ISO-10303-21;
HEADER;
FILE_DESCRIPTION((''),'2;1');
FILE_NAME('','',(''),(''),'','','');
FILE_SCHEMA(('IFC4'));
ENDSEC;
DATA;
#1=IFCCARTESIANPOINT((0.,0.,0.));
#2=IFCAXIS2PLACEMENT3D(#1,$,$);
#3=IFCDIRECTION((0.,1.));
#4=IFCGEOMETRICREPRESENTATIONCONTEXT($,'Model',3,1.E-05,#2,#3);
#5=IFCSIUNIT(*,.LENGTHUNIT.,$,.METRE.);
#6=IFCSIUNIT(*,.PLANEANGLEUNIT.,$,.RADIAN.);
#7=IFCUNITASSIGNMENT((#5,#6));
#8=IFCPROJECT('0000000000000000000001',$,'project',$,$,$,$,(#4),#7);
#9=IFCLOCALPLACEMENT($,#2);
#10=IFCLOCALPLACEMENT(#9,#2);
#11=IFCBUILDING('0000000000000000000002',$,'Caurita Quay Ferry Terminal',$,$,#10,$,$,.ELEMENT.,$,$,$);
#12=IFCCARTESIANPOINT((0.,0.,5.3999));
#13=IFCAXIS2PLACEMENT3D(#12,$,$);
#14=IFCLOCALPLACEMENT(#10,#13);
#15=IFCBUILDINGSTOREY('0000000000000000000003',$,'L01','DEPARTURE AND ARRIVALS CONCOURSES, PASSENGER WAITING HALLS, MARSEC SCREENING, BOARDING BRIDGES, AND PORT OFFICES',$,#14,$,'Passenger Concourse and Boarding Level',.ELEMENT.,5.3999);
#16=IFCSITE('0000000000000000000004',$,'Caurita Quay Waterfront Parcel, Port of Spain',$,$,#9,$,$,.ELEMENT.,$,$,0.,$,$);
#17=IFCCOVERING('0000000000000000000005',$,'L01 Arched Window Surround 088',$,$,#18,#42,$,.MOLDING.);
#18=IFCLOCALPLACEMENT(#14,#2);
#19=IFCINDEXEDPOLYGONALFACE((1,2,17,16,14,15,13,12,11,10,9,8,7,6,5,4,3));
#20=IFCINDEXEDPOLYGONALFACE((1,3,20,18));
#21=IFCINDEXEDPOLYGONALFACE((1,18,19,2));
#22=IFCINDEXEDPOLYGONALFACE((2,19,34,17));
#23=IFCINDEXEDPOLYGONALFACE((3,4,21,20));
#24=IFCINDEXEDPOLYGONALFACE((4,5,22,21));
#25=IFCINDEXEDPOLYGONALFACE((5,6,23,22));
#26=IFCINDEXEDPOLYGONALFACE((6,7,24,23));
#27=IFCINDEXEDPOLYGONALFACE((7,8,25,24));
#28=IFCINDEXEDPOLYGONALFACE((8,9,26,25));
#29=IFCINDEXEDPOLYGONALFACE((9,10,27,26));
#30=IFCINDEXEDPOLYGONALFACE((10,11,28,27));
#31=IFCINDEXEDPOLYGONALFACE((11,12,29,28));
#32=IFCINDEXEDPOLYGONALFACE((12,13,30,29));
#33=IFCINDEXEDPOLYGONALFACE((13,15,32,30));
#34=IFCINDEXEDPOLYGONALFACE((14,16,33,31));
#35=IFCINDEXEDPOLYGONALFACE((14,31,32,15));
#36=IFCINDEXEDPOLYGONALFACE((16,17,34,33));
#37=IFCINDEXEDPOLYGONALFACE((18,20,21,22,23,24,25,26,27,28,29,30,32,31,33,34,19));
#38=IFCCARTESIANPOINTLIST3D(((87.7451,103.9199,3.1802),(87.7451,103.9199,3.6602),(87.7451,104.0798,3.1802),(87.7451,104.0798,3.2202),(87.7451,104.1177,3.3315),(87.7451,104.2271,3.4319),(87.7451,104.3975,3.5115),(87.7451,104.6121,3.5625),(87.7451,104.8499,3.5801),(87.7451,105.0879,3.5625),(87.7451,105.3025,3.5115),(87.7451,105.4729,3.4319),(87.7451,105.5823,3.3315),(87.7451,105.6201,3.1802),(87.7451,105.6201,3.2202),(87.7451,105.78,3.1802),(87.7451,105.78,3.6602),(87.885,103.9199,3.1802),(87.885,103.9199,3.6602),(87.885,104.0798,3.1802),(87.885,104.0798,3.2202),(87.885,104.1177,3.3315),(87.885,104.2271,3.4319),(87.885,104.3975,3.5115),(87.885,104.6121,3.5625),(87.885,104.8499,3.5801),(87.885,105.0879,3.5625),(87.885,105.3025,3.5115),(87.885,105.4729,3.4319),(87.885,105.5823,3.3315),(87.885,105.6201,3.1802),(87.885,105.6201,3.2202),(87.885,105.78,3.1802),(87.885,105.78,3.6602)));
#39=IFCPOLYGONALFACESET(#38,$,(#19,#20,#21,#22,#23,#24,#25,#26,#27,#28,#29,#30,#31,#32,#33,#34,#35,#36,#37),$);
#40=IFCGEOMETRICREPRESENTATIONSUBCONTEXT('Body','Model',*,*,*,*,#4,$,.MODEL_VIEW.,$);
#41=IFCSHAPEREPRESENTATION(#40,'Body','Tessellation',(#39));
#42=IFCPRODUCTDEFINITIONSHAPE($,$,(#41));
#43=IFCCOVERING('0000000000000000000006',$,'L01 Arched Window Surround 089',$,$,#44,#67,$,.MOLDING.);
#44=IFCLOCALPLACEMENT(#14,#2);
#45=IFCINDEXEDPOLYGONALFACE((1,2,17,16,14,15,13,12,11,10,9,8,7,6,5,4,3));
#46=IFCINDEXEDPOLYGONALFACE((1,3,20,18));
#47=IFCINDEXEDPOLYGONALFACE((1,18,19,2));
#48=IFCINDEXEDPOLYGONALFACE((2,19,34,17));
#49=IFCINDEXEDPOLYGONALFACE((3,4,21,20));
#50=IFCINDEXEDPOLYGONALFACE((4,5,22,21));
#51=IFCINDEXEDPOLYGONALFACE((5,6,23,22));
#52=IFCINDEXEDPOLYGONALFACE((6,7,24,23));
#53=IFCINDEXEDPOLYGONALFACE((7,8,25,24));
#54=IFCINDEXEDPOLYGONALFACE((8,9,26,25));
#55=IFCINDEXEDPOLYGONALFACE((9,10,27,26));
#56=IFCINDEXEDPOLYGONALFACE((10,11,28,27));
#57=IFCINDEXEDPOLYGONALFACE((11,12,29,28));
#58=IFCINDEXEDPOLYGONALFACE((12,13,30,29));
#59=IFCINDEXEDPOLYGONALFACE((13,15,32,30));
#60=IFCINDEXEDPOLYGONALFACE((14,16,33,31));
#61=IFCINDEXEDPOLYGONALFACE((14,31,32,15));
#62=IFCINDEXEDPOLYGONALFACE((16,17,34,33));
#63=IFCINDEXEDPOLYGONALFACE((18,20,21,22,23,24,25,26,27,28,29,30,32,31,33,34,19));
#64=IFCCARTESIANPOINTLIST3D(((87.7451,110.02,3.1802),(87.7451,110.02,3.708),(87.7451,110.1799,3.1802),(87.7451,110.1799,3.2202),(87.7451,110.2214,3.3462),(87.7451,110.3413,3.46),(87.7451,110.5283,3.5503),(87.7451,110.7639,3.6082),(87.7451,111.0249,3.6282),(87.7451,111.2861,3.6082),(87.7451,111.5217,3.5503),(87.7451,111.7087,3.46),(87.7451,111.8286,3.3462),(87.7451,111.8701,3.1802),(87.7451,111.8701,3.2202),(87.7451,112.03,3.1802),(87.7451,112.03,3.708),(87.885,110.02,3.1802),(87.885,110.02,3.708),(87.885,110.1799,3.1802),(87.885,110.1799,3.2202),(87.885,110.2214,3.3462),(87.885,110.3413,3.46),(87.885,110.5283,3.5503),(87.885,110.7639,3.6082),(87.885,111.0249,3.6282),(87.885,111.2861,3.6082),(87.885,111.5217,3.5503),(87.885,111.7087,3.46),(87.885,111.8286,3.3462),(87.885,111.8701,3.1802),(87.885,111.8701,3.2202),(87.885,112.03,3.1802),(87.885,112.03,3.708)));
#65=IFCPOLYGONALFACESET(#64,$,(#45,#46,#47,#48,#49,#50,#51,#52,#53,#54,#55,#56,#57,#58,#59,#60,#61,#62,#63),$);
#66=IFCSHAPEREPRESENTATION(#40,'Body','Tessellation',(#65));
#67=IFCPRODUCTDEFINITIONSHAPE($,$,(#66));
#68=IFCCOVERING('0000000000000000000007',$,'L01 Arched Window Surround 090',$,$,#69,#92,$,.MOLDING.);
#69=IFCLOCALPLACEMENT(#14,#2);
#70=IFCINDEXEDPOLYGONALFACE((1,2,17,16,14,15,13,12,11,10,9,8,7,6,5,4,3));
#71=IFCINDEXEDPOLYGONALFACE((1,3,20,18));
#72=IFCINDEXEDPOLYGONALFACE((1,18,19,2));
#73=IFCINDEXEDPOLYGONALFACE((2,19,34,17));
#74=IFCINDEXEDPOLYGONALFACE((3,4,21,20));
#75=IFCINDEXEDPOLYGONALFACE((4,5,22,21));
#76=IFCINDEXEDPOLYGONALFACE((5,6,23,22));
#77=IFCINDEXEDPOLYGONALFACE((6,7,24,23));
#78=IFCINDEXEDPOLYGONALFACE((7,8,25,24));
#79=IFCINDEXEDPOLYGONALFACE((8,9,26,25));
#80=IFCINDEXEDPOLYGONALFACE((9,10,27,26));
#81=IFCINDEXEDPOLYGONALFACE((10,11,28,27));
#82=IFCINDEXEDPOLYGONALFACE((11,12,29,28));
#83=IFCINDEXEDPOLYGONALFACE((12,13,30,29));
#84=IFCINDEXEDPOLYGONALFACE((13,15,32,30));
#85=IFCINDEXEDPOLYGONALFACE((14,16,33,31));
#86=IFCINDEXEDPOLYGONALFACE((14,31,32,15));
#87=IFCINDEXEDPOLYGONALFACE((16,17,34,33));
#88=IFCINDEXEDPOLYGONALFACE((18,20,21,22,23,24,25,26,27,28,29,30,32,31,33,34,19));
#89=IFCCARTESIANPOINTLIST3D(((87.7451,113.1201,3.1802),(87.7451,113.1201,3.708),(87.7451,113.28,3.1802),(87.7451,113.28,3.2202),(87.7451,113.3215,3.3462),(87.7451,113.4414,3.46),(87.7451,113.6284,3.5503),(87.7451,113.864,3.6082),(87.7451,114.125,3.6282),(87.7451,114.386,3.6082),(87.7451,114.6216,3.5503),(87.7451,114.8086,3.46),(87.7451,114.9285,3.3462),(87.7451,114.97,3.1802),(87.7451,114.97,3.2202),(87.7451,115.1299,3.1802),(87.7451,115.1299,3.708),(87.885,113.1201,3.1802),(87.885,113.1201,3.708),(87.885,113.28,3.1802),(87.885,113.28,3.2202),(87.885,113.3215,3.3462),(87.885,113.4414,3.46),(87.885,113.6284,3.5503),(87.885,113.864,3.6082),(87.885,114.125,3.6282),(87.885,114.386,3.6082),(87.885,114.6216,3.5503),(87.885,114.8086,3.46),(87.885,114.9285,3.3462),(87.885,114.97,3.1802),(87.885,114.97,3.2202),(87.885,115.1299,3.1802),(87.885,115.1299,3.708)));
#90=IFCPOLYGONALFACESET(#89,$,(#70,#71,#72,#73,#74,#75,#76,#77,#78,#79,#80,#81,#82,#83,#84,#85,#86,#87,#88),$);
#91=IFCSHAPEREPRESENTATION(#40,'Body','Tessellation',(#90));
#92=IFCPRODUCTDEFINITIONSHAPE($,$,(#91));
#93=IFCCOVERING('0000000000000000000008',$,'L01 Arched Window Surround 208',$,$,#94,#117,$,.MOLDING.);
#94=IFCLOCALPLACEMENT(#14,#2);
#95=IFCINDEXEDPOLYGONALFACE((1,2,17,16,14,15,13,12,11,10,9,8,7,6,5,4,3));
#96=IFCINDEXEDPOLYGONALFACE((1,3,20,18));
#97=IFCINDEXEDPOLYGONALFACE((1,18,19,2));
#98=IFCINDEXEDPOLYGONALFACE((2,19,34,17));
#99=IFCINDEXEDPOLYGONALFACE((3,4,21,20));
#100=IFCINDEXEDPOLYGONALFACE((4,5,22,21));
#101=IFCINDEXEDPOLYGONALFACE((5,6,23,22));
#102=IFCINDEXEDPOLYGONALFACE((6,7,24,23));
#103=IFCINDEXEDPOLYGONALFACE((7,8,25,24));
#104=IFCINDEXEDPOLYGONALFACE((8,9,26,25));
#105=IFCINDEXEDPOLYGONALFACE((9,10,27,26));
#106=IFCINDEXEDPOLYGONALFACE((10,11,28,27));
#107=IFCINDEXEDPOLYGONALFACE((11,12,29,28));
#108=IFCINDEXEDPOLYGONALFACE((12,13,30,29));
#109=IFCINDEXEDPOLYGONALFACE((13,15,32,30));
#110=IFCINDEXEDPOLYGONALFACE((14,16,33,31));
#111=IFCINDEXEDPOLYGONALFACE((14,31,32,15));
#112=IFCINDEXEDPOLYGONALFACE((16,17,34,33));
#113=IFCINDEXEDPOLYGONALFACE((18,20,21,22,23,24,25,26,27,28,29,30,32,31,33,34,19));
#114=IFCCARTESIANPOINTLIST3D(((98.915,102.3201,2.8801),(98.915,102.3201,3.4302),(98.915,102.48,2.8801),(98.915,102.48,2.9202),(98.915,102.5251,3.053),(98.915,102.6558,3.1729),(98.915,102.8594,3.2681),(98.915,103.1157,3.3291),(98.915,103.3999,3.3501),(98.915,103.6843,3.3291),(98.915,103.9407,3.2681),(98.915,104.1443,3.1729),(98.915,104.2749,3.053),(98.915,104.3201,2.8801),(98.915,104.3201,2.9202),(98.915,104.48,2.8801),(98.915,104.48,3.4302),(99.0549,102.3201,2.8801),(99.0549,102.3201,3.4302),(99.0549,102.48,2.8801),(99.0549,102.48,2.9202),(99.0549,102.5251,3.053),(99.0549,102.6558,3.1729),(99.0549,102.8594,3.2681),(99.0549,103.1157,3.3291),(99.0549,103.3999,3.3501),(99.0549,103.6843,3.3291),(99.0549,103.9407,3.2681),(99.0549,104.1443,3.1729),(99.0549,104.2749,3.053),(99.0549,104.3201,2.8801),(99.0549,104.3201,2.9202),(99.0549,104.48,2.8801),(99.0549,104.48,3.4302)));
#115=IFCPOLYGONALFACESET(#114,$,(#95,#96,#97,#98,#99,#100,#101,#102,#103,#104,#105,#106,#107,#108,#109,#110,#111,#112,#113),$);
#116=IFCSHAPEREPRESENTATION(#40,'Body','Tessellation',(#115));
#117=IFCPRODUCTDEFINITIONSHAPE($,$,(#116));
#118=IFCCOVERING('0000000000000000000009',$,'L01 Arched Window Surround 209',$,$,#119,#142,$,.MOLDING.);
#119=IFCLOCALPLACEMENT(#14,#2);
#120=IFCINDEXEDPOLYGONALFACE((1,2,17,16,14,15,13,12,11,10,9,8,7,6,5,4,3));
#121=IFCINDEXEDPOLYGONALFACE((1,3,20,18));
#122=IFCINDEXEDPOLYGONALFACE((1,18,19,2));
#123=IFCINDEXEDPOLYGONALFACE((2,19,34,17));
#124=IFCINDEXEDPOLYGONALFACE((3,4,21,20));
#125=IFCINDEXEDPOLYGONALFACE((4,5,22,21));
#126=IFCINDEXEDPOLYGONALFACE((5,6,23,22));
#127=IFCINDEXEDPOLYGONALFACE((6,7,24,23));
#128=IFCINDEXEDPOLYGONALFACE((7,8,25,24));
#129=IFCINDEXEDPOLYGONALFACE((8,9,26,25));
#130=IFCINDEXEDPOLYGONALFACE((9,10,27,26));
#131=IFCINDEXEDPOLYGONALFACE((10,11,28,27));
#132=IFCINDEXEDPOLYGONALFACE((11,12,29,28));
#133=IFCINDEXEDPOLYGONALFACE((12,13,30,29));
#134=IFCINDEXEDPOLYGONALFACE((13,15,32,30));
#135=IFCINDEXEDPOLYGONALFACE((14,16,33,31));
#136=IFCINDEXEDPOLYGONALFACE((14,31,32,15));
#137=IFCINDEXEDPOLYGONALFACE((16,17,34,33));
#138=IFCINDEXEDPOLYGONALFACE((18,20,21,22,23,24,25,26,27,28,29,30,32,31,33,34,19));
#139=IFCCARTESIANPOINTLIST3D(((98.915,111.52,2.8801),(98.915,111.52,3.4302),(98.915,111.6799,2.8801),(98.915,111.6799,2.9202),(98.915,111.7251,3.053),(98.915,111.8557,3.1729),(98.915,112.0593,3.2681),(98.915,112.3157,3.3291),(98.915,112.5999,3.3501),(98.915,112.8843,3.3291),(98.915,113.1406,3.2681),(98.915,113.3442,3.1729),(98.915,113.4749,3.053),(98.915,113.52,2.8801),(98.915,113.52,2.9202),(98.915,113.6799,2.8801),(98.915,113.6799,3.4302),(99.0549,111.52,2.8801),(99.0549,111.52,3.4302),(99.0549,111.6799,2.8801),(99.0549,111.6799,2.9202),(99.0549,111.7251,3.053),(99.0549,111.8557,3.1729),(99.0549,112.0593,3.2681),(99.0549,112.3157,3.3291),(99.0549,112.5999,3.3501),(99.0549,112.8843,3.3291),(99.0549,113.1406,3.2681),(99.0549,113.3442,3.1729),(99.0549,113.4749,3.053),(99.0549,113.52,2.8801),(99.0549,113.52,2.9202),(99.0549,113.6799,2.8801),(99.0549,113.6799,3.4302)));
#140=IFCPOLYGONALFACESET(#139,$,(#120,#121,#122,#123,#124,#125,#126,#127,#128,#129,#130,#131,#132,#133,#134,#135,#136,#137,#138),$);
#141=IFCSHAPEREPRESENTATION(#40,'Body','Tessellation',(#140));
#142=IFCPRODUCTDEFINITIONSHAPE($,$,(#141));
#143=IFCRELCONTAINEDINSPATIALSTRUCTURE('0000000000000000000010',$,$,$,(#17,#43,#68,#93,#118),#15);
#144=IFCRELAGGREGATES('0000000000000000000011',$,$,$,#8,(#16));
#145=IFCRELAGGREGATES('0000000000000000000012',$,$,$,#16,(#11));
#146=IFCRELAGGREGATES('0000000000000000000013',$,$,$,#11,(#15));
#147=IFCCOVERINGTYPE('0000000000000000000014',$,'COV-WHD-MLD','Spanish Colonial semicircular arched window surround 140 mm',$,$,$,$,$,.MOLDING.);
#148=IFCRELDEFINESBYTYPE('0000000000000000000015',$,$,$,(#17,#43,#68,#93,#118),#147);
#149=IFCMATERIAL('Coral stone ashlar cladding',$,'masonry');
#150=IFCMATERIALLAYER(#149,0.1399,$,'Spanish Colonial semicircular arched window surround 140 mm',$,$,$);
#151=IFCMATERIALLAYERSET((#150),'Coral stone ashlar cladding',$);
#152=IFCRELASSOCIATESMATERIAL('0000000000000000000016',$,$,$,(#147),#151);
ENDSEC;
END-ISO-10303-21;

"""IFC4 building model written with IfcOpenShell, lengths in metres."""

from ifc_helpers import new_model, si_unit, direction, frame, origin, place, context, subcontext, project, spatial, polyline, outline, extrude, material, layer, layer_set, type_object, element, save


model = new_model("IFC4")

# Units and contexts
model_context = context("Model", 3, precision=1e-05, world=origin(), true_north=direction((0.0, 1.0)))
body_context = subcontext(model_context, "Body", "Model", "MODEL_VIEW")
ifc_project = project(units=[si_unit("LENGTHUNIT", "METRE"), si_unit("PLANEANGLEUNIT", "RADIAN")], contexts=[model_context])

# Site, building, storey
site_placement = place(None, origin())
site = spatial("IfcSite", under=ifc_project, at=site_placement, Name="Caurita Quay Waterfront Parcel, Port of Spain", CompositionType="ELEMENT", RefElevation=0.0)
building_placement = place(site_placement, origin())
building = spatial("IfcBuilding", under=site, at=building_placement, Name="Caurita Quay Ferry Terminal", CompositionType="ELEMENT")
storey_placement = place(building_placement, frame((0.0, 0.0, 5.3999)))
storey = spatial("IfcBuildingStorey", under=building, at=storey_placement, Name="L01", Description="DEPARTURE AND ARRIVALS CONCOURSES, PASSENGER WAITING HALLS, MARSEC SCREENING, BOARDING BRIDGES, AND PORT OFFICES", LongName="Passenger Concourse and Boarding Level", CompositionType="ELEMENT", Elevation=5.3999)

# Coverings
ifc_material_1 = material(Name="Coral stone ashlar cladding", Category="masonry")
ifc_layer_1 = layer(ifc_material_1, 0.1399, Name="Spanish Colonial semicircular arched window surround 140 mm")
ifc_layer_set_1 = layer_set([ifc_layer_1], Name="Coral stone ashlar cladding")
covering_type_1 = type_object("IfcCoveringType", Name="COV-WHD-MLD", Description="Spanish Colonial semicircular arched window surround 140 mm", PredefinedType="MOLDING", material=ifc_layer_set_1)
covering_1_placement = place(storey_placement, frame((87.8149, 103.9199, 3.1802), z_axis=(0.0, 0.0, 1.0), x_axis=(0.0, 1.0, 0.0)))
element("IfcCovering", 1, at=covering_1_placement, inside=storey, type_object=covering_type_1, Name="L01 Arched Window Surround 088", PredefinedType="MOLDING", context=body_context, shape_type="SweptSolid", body=[
    extrude(outline(polyline([(0.0, 0.0), (0.1599, 0.0), (0.1599, 0.04), (0.1978, 0.1514), (0.3071, 0.2517), (0.4775, 0.3313), (0.6921, 0.3823), (0.9299, 0.3999), (1.168, 0.3823), (1.3826, 0.3313), (1.553, 0.2517), (1.6624, 0.1514), (1.7002, 0.04), (1.7002, 0.0), (1.8601, 0.0), (1.8601, 0.48), (0.0, 0.48), (0.0, 0.0)])), frame((0.0, 0.0698, 0.0), z_axis=(0.0, -1.0, 0.0), x_axis=(1.0, 0.0, 0.0)), (0.0, 0.0, 1.0), 0.1399),
])
covering_2_placement = place(storey_placement, frame((87.8149, 110.02, 3.1802), z_axis=(0.0, 0.0, 1.0), x_axis=(0.0, 1.0, 0.0)))
element("IfcCovering", 2, at=covering_2_placement, inside=storey, type_object=covering_type_1, Name="L01 Arched Window Surround 089", PredefinedType="MOLDING", context=body_context, shape_type="SweptSolid", body=[
    extrude(outline(polyline([(0.0, 0.0), (0.1599, 0.0), (0.1599, 0.04), (0.2014, 0.166), (0.3213, 0.2798), (0.5083, 0.3701), (0.7439, 0.428), (1.0049, 0.448), (1.2661, 0.428), (1.5017, 0.3701), (1.6887, 0.2798), (1.8086, 0.166), (1.8501, 0.04), (1.8501, 0.0), (2.01, 0.0), (2.01, 0.5278), (0.0, 0.5278), (0.0, 0.0)])), frame((0.0, 0.0698, 0.0), z_axis=(0.0, -1.0, 0.0), x_axis=(1.0, 0.0, 0.0)), (0.0, 0.0, 1.0), 0.1399),
])
covering_3_placement = place(storey_placement, frame((87.8149, 113.1201, 3.1802), z_axis=(0.0, 0.0, 1.0), x_axis=(0.0, 1.0, 0.0)))
element("IfcCovering", 3, at=covering_3_placement, inside=storey, type_object=covering_type_1, Name="L01 Arched Window Surround 090", PredefinedType="MOLDING", context=body_context, shape_type="SweptSolid", body=[
    extrude(outline(polyline([(0.0, 0.0), (0.1599, 0.0), (0.1599, 0.04), (0.2014, 0.166), (0.3213, 0.2798), (0.5083, 0.3701), (0.7439, 0.428), (1.0049, 0.448), (1.2659, 0.428), (1.5015, 0.3701), (1.6885, 0.2798), (1.8083, 0.166), (1.8499, 0.04), (1.8499, 0.0), (2.0098, 0.0), (2.0098, 0.5278), (0.0, 0.5278), (0.0, 0.0)])), frame((0.0, 0.0698, 0.0), z_axis=(0.0, -1.0, 0.0), x_axis=(1.0, 0.0, 0.0)), (0.0, 0.0, 1.0), 0.1399),
])
for number, where, z_axis, x_axis, name in (
    (4, (98.9851, 104.48, 2.8801), (0.0, 0.0, 1.0), (0.0, -1.0, 0.0), "L01 Arched Window Surround 208"),
    (5, (98.9851, 113.6799, 2.8801), (0.0, 0.0, 1.0), (0.0, -1.0, 0.0), "L01 Arched Window Surround 209"),
):
    element("IfcCovering", number, at=place(storey_placement, frame(where, z_axis=z_axis, x_axis=x_axis)), inside=storey, type_object=covering_type_1, Name=name, PredefinedType="MOLDING", context=body_context, shape_type="SweptSolid", body=[
        extrude(outline(polyline([(0.0, 0.0), (0.1599, 0.0), (0.1599, 0.04), (0.2051, 0.1729), (0.3357, 0.2927), (0.5393, 0.3879), (0.7957, 0.449), (1.0801, 0.47), (1.3643, 0.449), (1.6206, 0.3879), (1.8242, 0.2927), (1.9548, 0.1729), (2.0, 0.04), (2.0, 0.0), (2.1599, 0.0), (2.1599, 0.55), (0.0, 0.55), (0.0, 0.0)])), frame((0.0, 0.0698, 0.0), z_axis=(0.0, -1.0, 0.0), x_axis=(1.0, 0.0, 0.0)), (0.0, 0.0, 1.0), 0.1399),
    ])

save(model, "model.ifc")
